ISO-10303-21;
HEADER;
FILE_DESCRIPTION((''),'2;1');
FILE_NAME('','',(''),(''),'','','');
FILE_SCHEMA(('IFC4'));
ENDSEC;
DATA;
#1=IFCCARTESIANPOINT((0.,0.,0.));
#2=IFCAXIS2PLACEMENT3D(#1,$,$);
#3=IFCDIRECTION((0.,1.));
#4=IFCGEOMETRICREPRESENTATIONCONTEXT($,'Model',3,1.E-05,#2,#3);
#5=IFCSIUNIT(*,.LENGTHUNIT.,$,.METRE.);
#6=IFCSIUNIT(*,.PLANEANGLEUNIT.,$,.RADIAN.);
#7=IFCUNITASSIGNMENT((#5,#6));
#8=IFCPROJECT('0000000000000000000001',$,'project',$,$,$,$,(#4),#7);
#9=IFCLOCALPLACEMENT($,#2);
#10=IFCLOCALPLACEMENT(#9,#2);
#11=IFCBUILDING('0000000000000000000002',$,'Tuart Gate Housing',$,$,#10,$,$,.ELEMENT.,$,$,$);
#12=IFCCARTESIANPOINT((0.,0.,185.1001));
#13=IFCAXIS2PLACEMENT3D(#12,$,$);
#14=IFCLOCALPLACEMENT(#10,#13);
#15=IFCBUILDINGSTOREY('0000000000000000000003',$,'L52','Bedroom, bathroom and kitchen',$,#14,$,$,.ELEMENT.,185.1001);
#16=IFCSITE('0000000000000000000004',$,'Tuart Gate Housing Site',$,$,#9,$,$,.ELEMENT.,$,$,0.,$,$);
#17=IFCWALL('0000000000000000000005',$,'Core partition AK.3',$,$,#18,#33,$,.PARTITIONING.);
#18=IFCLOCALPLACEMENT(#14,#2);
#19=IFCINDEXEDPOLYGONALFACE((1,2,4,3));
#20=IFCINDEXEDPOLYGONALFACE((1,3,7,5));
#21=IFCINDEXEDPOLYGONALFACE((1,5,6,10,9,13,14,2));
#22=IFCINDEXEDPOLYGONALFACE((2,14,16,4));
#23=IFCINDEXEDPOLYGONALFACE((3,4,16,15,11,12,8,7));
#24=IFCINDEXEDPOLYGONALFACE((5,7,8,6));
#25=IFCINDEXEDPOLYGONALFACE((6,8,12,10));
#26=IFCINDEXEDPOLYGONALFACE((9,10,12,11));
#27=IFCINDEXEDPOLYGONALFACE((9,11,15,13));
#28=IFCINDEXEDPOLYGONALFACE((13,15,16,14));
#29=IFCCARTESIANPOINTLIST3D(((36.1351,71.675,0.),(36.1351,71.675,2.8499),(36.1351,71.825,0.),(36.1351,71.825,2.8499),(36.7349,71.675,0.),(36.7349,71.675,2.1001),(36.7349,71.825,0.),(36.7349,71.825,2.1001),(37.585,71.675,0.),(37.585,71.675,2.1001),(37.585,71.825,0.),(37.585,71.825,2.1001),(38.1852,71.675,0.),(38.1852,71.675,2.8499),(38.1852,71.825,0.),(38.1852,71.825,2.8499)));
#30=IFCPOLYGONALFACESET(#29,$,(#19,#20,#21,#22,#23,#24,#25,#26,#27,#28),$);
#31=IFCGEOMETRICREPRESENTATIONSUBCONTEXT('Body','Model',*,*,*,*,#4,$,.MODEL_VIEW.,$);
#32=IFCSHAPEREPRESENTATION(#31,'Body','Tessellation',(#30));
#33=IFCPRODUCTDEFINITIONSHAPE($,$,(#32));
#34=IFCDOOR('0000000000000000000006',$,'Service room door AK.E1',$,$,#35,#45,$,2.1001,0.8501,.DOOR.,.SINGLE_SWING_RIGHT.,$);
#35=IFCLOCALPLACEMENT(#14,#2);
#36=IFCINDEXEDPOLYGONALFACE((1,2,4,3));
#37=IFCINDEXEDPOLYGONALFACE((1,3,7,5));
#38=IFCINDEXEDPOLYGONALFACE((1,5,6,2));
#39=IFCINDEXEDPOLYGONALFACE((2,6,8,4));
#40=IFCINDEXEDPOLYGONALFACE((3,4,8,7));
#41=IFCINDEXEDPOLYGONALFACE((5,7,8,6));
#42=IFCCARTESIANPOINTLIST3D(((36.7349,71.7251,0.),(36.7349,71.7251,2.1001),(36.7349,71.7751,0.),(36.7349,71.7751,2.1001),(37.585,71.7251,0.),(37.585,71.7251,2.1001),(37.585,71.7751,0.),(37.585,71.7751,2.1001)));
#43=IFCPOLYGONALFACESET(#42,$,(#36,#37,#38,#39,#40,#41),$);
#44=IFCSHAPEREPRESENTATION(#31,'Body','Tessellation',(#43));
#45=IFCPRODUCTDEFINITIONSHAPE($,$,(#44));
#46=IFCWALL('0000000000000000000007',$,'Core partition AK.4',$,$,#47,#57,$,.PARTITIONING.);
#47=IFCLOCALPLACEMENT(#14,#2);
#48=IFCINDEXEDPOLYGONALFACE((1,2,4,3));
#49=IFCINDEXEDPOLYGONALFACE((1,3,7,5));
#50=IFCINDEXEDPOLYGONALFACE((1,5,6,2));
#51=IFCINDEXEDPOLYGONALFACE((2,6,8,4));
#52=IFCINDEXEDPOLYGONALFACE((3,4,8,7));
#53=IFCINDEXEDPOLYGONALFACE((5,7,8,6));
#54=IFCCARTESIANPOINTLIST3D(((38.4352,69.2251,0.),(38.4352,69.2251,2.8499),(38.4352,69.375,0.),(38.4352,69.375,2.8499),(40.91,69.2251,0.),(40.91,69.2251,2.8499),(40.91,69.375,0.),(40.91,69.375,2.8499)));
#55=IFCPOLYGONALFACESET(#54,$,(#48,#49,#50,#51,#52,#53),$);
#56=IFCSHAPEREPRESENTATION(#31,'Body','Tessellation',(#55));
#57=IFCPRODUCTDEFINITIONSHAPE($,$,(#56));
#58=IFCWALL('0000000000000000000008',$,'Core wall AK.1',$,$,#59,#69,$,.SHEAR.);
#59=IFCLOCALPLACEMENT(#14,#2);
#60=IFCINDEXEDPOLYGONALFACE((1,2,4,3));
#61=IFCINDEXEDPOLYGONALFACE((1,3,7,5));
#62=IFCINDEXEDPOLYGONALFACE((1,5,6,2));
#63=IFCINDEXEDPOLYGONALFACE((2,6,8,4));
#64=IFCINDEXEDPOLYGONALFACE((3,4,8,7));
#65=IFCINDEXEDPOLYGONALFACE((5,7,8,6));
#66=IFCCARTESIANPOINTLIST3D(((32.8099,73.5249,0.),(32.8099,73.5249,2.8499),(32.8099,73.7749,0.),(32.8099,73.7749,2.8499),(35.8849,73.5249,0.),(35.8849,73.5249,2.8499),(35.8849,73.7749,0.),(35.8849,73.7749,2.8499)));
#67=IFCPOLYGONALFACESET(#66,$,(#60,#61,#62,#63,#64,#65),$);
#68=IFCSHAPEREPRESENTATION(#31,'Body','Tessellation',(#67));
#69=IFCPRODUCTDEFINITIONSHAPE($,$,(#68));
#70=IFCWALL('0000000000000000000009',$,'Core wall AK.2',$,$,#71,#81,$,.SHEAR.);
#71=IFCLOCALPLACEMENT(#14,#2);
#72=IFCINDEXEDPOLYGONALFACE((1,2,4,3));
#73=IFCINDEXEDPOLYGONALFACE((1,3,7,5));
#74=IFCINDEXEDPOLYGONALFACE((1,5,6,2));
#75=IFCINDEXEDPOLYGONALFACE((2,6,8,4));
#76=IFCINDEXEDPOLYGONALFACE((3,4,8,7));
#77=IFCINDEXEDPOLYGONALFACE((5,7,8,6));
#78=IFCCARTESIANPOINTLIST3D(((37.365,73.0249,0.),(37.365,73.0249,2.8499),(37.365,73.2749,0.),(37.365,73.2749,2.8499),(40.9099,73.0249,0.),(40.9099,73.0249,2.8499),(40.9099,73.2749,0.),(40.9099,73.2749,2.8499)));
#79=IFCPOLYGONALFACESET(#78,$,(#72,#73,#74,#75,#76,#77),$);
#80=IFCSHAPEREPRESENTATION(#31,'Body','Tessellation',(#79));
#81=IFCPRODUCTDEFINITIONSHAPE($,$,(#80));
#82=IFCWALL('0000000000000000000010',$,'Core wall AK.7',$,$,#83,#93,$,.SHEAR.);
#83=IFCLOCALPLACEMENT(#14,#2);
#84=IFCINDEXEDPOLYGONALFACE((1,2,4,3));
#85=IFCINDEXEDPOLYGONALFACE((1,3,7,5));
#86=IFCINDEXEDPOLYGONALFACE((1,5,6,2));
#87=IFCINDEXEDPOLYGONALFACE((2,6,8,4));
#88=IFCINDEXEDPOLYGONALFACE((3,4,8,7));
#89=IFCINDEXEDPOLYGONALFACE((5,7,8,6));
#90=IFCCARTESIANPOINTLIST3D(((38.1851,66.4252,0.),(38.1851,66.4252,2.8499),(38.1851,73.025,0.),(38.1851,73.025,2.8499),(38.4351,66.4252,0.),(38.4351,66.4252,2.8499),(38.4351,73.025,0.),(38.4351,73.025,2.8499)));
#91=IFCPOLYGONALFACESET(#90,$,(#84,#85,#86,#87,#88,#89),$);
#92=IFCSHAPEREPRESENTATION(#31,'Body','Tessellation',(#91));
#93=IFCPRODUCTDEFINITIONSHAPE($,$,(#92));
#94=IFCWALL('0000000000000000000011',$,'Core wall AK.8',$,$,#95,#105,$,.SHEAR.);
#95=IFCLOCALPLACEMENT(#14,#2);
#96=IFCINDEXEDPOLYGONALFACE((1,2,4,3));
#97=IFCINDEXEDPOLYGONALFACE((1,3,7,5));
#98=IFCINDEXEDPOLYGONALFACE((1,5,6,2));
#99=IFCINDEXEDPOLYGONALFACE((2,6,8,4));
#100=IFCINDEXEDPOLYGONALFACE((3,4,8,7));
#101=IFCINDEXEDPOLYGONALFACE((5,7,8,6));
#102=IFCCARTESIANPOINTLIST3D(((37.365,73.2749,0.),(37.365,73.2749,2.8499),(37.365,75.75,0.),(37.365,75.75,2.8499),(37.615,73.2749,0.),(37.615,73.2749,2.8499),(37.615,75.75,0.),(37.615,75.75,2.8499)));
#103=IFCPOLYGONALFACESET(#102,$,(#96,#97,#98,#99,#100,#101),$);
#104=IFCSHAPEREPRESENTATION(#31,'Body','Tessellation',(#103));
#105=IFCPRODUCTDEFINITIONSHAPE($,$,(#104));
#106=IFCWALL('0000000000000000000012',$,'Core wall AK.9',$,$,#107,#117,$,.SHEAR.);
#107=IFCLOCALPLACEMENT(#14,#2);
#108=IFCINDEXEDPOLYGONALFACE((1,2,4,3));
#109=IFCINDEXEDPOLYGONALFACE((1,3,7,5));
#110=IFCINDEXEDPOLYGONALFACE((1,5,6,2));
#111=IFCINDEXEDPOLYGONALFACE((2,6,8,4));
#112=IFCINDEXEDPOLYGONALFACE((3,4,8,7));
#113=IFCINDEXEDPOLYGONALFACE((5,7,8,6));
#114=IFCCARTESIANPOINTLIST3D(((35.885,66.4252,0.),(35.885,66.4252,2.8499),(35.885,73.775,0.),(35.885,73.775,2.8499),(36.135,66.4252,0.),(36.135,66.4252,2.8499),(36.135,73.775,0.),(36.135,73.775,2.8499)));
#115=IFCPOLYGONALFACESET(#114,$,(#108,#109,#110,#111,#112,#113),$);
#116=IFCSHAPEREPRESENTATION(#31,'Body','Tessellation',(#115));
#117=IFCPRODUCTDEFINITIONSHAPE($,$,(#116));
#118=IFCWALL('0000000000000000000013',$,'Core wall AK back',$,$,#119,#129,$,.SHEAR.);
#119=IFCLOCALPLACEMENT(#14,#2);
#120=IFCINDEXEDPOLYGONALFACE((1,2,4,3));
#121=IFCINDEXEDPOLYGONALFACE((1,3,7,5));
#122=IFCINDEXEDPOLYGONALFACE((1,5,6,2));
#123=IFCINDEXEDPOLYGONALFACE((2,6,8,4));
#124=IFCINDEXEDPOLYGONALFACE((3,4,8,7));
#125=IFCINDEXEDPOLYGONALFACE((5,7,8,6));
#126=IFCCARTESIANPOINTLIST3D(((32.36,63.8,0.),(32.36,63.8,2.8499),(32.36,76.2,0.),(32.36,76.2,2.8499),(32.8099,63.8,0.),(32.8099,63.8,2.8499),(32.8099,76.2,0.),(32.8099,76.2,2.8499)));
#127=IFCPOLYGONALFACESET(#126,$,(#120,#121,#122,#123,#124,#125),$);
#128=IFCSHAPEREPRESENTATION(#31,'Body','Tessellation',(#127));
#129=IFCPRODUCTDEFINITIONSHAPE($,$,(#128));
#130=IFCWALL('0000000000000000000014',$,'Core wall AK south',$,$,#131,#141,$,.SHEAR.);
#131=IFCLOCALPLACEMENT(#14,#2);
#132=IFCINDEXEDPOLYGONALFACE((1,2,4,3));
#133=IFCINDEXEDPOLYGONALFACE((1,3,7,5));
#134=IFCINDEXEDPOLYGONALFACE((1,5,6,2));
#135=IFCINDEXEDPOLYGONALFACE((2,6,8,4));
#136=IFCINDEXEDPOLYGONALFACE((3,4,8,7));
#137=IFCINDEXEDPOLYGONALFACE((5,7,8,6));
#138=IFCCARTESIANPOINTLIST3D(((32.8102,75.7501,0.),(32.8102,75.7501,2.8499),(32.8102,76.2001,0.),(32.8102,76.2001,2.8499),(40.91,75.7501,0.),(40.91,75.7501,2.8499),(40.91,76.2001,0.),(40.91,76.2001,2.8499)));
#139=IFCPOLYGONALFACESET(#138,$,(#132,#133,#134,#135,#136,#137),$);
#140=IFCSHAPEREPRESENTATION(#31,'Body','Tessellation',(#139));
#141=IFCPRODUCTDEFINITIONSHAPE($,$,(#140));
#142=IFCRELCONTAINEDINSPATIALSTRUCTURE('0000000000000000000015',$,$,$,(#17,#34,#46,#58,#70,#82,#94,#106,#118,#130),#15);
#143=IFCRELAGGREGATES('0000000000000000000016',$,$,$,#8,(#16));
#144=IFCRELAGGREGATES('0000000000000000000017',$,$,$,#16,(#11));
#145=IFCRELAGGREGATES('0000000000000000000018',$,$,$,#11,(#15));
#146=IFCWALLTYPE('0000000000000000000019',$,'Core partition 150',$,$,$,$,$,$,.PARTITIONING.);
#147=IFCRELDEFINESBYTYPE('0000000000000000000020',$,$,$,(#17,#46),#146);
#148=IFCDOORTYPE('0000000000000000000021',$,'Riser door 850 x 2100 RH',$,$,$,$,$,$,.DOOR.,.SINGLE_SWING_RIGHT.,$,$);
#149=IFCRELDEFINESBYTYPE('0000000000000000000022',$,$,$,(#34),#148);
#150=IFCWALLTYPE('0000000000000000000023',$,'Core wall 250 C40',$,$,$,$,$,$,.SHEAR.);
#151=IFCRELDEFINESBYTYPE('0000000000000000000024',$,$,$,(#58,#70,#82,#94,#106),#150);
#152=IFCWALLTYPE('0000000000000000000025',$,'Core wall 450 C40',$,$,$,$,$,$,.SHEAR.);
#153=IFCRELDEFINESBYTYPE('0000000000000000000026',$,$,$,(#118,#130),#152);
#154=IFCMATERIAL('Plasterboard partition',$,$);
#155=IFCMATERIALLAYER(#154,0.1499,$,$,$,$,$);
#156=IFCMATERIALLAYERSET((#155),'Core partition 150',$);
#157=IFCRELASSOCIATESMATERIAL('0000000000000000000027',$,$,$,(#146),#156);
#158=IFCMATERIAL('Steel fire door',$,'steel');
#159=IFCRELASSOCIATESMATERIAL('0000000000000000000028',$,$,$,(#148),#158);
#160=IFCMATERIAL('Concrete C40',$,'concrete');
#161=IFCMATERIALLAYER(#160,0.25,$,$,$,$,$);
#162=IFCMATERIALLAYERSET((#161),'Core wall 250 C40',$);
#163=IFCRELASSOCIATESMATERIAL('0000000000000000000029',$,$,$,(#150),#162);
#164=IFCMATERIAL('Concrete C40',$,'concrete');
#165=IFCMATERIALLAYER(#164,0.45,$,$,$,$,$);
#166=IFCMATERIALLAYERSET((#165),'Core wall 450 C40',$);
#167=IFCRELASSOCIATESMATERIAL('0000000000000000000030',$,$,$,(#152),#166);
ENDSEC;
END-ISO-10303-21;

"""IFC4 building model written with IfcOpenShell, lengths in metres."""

from ifc_helpers import new_model, si_unit, direction, frame, frame_2d, origin, place, context, subcontext, project, spatial, rectangle, extrude, material, layer, layer_set, type_object, element, fill, save


model = new_model("IFC4")

# Units and contexts
model_context = context("Model", 3, precision=1e-05, world=origin(), true_north=direction((0.0, 1.0)))
body_context = subcontext(model_context, "Body", "Model", "MODEL_VIEW")
ifc_project = project(units=[si_unit("LENGTHUNIT", "METRE"), si_unit("PLANEANGLEUNIT", "RADIAN")], contexts=[model_context])

# Site, building, storey
site_placement = place(None, origin())
site = spatial("IfcSite", under=ifc_project, at=site_placement, Name="Tuart Gate Housing Site", CompositionType="ELEMENT", RefElevation=0.0)
building_placement = place(site_placement, origin())
building = spatial("IfcBuilding", under=site, at=building_placement, Name="Tuart Gate Housing", CompositionType="ELEMENT")
storey_placement = place(building_placement, frame((0.0, 0.0, 185.1001)))
storey = spatial("IfcBuildingStorey", under=building, at=storey_placement, Name="L52", Description="Bedroom, bathroom and kitchen", CompositionType="ELEMENT", Elevation=185.1001)

# Wall, opening, door
ifc_material_1 = material(Name="Plasterboard partition")
ifc_layer_1 = layer(ifc_material_1, 0.1499)
ifc_layer_set_1 = layer_set([ifc_layer_1], Name="Core partition 150")
wall_type_1 = type_object("IfcWallType", Name="Core partition 150", PredefinedType="PARTITIONING", material=ifc_layer_set_1)
wall_1_placement = place(storey_placement, frame((38.1851, 71.75, 0.0), z_axis=(0.0, 0.0, 1.0), x_axis=(-1.0, 0.0, 0.0)))
wall_1 = element("IfcWall", 1, at=wall_1_placement, inside=storey, type_object=wall_type_1, Name="Core partition AK.3", PredefinedType="PARTITIONING", context=body_context, shape_type="SweptSolid", body=[
    extrude(rectangle(XDim=2.05, YDim=0.1499, at=frame_2d((1.0249, 0.0))), origin(), (0.0, 0.0, 1.0), 2.8499),
])
opening_1_placement = place(wall_1_placement, frame((0.6001, 0.0, 0.0)))
opening_1 = element("IfcOpeningElement", 2, at=opening_1_placement, cuts=wall_1, PredefinedType="OPENING", context=body_context, shape_type="SweptSolid", body=[
    extrude(rectangle(XDim=0.8501, YDim=2.1001, at=frame_2d((0.425, 1.05))), frame((0.0, 0.085, 0.0), z_axis=(0.0, -1.0, 0.0), x_axis=(1.0, 0.0, 0.0)), (0.0, 0.0, 1.0), 0.1699),
])
ifc_material_2 = material(Name="Steel fire door", Category="steel")
door_type_1 = type_object("IfcDoorType", Name="Riser door 850 x 2100 RH", OperationType="SINGLE_SWING_RIGHT", PredefinedType="DOOR", material=ifc_material_2)
door_1_placement = place(opening_1_placement, frame((0.8501, 0.0, 0.0), z_axis=(0.0, 0.0, 1.0), x_axis=(-1.0, 0.0, 0.0)))
door_1 = element("IfcDoor", 3, at=door_1_placement, inside=storey, type_object=door_type_1, Name="Service room door AK.E1", OperationType="SINGLE_SWING_RIGHT", OverallHeight=2.1001, OverallWidth=0.8501, PredefinedType="DOOR", context=body_context, shape_type="SweptSolid", body=[
    extrude(rectangle(XDim=0.8501, YDim=2.1001, at=frame_2d((0.425, 1.05))), frame((0.0, 0.0251, 0.0), z_axis=(0.0, -1.0, 0.0), x_axis=(1.0, 0.0, 0.0)), (0.0, 0.0, 1.0), 0.05),
])
fill(opening_1, door_1)

# Walls
wall_2_placement = place(storey_placement, frame((40.9099, 69.3, 0.0), z_axis=(0.0, 0.0, 1.0), x_axis=(-1.0, 0.0, 0.0)))
element("IfcWall", 4, at=wall_2_placement, inside=storey, type_object=wall_type_1, Name="Core partition AK.4", PredefinedType="PARTITIONING", context=body_context, shape_type="SweptSolid", body=[
    extrude(rectangle(XDim=2.4749, YDim=0.1499, at=frame_2d((1.2373, 0.0))), origin(), (0.0, 0.0, 1.0), 2.8499),
])
ifc_material_3 = material(Name="Concrete C40", Category="concrete")
ifc_layer_2 = layer(ifc_material_3, 0.25)
ifc_layer_set_2 = layer_set([ifc_layer_2], Name="Core wall 250 C40")
wall_type_2 = type_object("IfcWallType", Name="Core wall 250 C40", PredefinedType="SHEAR", material=ifc_layer_set_2)
wall_3_placement = place(storey_placement, frame((35.885, 73.6499, 0.0), z_axis=(0.0, 0.0, 1.0), x_axis=(-1.0, 0.0, 0.0)))
element("IfcWall", 5, at=wall_3_placement, inside=storey, type_object=wall_type_2, Name="Core wall AK.1", PredefinedType="SHEAR", context=body_context, shape_type="SweptSolid", body=[
    extrude(rectangle(XDim=3.075, YDim=0.25, at=frame_2d((1.5376, 0.0))), origin(), (0.0, 0.0, 1.0), 2.8499),
])
wall_4_placement = place(storey_placement, frame((40.9099, 73.1499, 0.0), z_axis=(0.0, 0.0, 1.0), x_axis=(-1.0, 0.0, 0.0)))
element("IfcWall", 6, at=wall_4_placement, inside=storey, type_object=wall_type_2, Name="Core wall AK.2", PredefinedType="SHEAR", context=body_context, shape_type="SweptSolid", body=[
    extrude(rectangle(XDim=3.5449, YDim=0.25, at=frame_2d((1.7725, 0.0))), origin(), (0.0, 0.0, 1.0), 2.8499),
])
wall_5_placement = place(storey_placement, frame((38.3101, 73.0249, 0.0), z_axis=(0.0, 0.0, 1.0), x_axis=(0.0, -1.0, 0.0)))
element("IfcWall", 7, at=wall_5_placement, inside=storey, type_object=wall_type_2, Name="Core wall AK.7", PredefinedType="SHEAR", context=body_context, shape_type="SweptSolid", body=[
    extrude(rectangle(XDim=6.5999, YDim=0.25, at=frame_2d((3.2998, 0.0))), origin(), (0.0, 0.0, 1.0), 2.8499),
])
wall_6_placement = place(storey_placement, frame((37.49, 75.75, 0.0), z_axis=(0.0, 0.0, 1.0), x_axis=(0.0, -1.0, 0.0)))
element("IfcWall", 8, at=wall_6_placement, inside=storey, type_object=wall_type_2, Name="Core wall AK.8", PredefinedType="SHEAR", context=body_context, shape_type="SweptSolid", body=[
    extrude(rectangle(XDim=2.4751, YDim=0.25, at=frame_2d((1.2375, 0.0))), origin(), (0.0, 0.0, 1.0), 2.8499),
])
wall_7_placement = place(storey_placement, frame((36.01, 73.7749, 0.0), z_axis=(0.0, 0.0, 1.0), x_axis=(0.0, -1.0, 0.0)))
element("IfcWall", 9, at=wall_7_placement, inside=storey, type_object=wall_type_2, Name="Core wall AK.9", PredefinedType="SHEAR", context=body_context, shape_type="SweptSolid", body=[
    extrude(rectangle(XDim=7.3499, YDim=0.25, at=frame_2d((3.6748, 0.0))), origin(), (0.0, 0.0, 1.0), 2.8499),
])
ifc_material_4 = material(Name="Concrete C40", Category="concrete")
ifc_layer_3 = layer(ifc_material_4, 0.45)
ifc_layer_set_3 = layer_set([ifc_layer_3], Name="Core wall 450 C40")
wall_type_3 = type_object("IfcWallType", Name="Core wall 450 C40", PredefinedType="SHEAR", material=ifc_layer_set_3)
wall_8_placement = place(storey_placement, frame((32.585, 76.2, 0.0), z_axis=(0.0, 0.0, 1.0), x_axis=(0.0, -1.0, 0.0)))
element("IfcWall", 10, at=wall_8_placement, inside=storey, type_object=wall_type_3, Name="Core wall AK back", PredefinedType="SHEAR", context=body_context, shape_type="SweptSolid", body=[
    extrude(rectangle(XDim=12.3999, YDim=0.45, at=frame_2d((6.2, 0.0))), origin(), (0.0, 0.0, 1.0), 2.8499),
])
wall_9_placement = place(storey_placement, frame((40.9099, 75.9751, 0.0), z_axis=(0.0, 0.0, 1.0), x_axis=(-1.0, 0.0, 0.0)))
element("IfcWall", 11, at=wall_9_placement, inside=storey, type_object=wall_type_3, Name="Core wall AK south", PredefinedType="SHEAR", context=body_context, shape_type="SweptSolid", body=[
    extrude(rectangle(XDim=8.0999, YDim=0.45, at=frame_2d((4.0498, 0.0))), origin(), (0.0, 0.0, 1.0), 2.8499),
])

save(model, "model.ifc")
